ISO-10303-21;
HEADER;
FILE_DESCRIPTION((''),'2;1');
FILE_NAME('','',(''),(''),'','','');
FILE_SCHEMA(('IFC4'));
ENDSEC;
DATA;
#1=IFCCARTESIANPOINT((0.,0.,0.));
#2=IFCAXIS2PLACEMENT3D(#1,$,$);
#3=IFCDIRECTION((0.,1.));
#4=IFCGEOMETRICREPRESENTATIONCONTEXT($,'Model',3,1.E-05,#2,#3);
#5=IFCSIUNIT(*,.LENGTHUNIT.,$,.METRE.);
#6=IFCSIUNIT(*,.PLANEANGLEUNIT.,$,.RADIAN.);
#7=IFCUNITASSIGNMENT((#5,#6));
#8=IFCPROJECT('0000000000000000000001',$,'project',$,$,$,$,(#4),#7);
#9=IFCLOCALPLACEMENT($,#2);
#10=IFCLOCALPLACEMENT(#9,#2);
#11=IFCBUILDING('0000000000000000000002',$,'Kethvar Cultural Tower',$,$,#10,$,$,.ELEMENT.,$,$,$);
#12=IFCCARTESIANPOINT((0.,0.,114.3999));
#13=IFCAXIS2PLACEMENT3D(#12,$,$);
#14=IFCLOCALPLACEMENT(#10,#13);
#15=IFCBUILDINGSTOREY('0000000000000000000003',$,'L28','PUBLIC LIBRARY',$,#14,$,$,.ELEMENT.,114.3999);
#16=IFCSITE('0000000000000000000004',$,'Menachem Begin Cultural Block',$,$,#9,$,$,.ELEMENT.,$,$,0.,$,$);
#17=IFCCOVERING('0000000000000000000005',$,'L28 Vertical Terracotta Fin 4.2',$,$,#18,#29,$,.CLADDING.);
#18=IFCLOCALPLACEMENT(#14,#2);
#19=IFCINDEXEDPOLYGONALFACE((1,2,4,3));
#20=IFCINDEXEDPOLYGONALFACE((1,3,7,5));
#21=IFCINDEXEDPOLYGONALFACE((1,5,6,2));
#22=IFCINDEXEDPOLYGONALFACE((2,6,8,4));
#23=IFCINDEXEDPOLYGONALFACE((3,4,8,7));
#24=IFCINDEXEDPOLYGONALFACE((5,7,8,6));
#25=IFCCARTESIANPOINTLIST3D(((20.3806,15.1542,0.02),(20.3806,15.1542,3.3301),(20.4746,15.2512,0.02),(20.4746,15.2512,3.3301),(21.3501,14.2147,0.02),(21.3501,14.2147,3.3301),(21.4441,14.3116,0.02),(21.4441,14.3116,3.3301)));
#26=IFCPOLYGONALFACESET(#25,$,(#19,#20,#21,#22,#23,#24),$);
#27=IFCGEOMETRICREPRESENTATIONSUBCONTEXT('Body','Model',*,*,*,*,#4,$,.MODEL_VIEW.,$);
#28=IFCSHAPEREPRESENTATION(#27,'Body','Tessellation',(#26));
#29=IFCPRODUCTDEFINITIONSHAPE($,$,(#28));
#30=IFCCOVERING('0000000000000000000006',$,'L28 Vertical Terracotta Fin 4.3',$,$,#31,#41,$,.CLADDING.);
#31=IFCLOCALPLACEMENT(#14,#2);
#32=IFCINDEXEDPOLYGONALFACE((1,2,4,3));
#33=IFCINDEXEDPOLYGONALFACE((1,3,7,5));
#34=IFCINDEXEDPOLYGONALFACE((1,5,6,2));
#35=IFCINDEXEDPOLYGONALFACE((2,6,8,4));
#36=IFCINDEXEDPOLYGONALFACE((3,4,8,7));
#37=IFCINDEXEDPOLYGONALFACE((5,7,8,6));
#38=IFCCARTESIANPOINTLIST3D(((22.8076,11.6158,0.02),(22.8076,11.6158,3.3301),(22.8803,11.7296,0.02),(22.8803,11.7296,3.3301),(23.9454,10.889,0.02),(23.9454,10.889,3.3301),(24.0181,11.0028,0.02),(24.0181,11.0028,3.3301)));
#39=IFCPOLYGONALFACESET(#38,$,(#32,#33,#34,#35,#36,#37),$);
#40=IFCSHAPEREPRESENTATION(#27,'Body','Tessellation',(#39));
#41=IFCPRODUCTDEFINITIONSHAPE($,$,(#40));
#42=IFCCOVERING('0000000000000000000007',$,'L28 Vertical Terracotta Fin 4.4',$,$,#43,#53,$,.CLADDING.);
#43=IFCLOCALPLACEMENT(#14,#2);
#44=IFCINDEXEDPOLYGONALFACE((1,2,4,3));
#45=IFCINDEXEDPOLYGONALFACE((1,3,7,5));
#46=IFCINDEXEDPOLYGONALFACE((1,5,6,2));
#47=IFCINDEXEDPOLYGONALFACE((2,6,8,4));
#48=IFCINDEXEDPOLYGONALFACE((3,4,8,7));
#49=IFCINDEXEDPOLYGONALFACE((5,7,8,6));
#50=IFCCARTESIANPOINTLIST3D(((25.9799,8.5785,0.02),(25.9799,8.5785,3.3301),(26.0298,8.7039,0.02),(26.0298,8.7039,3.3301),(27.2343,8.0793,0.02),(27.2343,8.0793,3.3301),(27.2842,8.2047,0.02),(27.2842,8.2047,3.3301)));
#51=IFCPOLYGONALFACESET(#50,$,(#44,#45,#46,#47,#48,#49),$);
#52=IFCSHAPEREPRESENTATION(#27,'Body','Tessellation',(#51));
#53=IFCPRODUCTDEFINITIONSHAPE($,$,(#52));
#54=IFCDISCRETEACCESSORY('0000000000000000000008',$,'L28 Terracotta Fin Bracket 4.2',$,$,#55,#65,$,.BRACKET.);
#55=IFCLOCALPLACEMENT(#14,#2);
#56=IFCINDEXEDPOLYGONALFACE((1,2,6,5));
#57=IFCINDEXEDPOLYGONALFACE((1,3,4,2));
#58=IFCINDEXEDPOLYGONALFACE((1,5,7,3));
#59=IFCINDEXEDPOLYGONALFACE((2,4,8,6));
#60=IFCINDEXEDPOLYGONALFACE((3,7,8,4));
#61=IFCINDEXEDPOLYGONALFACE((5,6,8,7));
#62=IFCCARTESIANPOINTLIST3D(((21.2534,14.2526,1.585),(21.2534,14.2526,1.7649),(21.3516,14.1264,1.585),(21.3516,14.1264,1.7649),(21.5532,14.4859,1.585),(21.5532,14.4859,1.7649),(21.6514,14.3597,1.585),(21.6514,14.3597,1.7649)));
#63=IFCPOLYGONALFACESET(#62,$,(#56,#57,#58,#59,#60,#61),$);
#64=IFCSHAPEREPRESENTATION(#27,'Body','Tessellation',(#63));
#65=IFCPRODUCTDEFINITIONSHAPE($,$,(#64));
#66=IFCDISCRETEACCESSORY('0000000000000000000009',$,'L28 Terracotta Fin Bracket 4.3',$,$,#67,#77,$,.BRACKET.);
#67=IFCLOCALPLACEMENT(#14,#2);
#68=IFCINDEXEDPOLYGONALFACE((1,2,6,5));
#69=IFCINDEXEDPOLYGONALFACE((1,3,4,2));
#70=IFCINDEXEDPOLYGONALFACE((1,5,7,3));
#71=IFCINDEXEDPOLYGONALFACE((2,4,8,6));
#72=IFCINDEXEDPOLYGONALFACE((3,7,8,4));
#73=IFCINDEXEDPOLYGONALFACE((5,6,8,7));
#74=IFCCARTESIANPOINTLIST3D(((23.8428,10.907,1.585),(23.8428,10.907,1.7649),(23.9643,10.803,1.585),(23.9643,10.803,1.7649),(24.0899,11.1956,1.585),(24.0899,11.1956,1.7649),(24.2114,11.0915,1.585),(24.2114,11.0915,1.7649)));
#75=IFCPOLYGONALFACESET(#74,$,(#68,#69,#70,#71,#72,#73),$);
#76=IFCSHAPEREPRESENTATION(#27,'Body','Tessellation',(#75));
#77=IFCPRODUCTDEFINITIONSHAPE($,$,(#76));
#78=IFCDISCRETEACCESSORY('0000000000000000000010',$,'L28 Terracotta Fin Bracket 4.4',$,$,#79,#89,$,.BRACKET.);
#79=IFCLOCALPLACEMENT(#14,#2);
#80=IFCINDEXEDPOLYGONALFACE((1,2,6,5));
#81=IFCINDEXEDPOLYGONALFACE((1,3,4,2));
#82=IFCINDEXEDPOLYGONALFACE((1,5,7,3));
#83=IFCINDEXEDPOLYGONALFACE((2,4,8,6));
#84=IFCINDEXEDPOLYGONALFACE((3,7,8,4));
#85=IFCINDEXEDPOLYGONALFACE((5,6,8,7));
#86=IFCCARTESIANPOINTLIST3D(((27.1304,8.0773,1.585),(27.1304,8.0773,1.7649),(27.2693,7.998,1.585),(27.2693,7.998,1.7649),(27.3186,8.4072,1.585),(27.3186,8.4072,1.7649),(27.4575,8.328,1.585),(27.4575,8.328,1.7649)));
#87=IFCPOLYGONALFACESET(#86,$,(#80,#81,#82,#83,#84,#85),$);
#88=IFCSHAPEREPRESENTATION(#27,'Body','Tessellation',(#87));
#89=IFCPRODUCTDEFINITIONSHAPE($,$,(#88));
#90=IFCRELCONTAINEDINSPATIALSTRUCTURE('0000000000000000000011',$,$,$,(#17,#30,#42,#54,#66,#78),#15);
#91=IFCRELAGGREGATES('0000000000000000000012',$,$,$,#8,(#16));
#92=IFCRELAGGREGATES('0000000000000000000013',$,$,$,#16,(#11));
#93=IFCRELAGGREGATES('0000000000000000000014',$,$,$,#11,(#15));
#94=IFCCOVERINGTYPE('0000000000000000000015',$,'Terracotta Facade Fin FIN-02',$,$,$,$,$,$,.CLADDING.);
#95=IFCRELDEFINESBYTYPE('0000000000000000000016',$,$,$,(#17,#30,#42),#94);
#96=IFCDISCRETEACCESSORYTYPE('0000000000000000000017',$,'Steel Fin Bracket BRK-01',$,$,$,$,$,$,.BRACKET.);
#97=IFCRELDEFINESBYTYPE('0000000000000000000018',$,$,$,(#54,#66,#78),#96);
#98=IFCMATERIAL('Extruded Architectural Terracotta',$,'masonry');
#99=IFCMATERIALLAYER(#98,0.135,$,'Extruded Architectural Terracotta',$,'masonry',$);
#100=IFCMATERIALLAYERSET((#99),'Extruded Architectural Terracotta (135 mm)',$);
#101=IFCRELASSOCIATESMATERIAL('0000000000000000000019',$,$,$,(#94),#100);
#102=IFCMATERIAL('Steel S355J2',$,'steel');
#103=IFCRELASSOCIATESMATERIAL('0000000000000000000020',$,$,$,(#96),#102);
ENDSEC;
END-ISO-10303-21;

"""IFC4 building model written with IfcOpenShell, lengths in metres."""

from ifc_helpers import new_model, si_unit, direction, frame, origin, origin_2d, place, context, subcontext, project, spatial, rectangle, extrude, source, transform, mapped, material, layer, layer_set, type_object, element, save


model = new_model("IFC4")

# Units and contexts
model_context = context("Model", 3, precision=1e-05, world=origin(), true_north=direction((0.0, 1.0)))
body_context = subcontext(model_context, "Body", "Model", "MODEL_VIEW")
ifc_project = project(units=[si_unit("LENGTHUNIT", "METRE"), si_unit("PLANEANGLEUNIT", "RADIAN")], contexts=[model_context])

# Site, building, storey
site_placement = place(None, origin())
site = spatial("IfcSite", under=ifc_project, at=site_placement, Name="Menachem Begin Cultural Block", CompositionType="ELEMENT", RefElevation=0.0)
building_placement = place(site_placement, origin())
building = spatial("IfcBuilding", under=site, at=building_placement, Name="Kethvar Cultural Tower", CompositionType="ELEMENT")
storey_placement = place(building_placement, frame((0.0, 0.0, 114.3999)))
storey = spatial("IfcBuildingStorey", under=building, at=storey_placement, Name="L28", Description="PUBLIC LIBRARY", CompositionType="ELEMENT", Elevation=114.3999)

# Shared definitions
ifc_material_1 = material(Name="Steel S355J2", Category="steel")

# Coverings
ifc_material_2 = material(Name="Extruded Architectural Terracotta", Category="masonry")
ifc_layer_1 = layer(ifc_material_2, 0.135, Name="Extruded Architectural Terracotta", Category="masonry")
ifc_layer_set_1 = layer_set([ifc_layer_1], Name="Extruded Architectural Terracotta (135 mm)")
covering_type = type_object("IfcCoveringType", Name="Terracotta Facade Fin FIN-02", PredefinedType="CLADDING", material=ifc_layer_set_1)
shared_shape_1 = source(origin(), body_context, "Body", "SweptSolid", [
    extrude(rectangle(XDim=1.3501, YDim=0.135, at=origin_2d()), origin(), (0.0, 0.0, 1.0), 3.3101),
])
for number, where, z_axis, x_axis, name in (
    (1, (20.9124, 14.7329, 0.02), (0.0, 0.0, 1.0), (-0.718126, 0.695913, 0.0), "L28 Vertical Terracotta Fin 4.2"),
    (2, (23.4128, 11.3093, 0.02), (0.0, 0.0, 1.0), (-0.842734, 0.53833, 0.0), "L28 Vertical Terracotta Fin 4.3"),
    (3, (26.6321, 8.3916, 0.02), (0.0, 0.0, 1.0), (-0.929133, 0.369747, 0.0), "L28 Vertical Terracotta Fin 4.4"),
):
    element("IfcCovering", number, at=place(storey_placement, frame(where, z_axis=z_axis, x_axis=x_axis)), inside=storey, type_object=covering_type, Name=name, PredefinedType="CLADDING", context=body_context, shape_type="MappedRepresentation", body=[
        mapped(shared_shape_1, transform((0.0, 0.0, 0.0), scale=1.0)),
    ])

# Discrete accessories
discrete_accessory_type = type_object("IfcDiscreteAccessoryType", Name="Steel Fin Bracket BRK-01", PredefinedType="BRACKET", material=ifc_material_1)
shared_shape_2 = source(origin(), body_context, "Body", "SweptSolid", [
    extrude(rectangle(XDim=0.3799, YDim=0.1599, at=origin_2d()), origin(), (0.0, 0.0, 1.0), 0.1799),
])
for number, where, z_axis, x_axis, name in (
    (4, (21.4524, 14.3062, 1.585), (0.0, 0.0, 1.0), (-0.789084, -0.614285, 0.0), "L28 Terracotta Fin Bracket 4.2"),
    (5, (24.0271, 10.9993, 1.585), (0.0, 0.0, 1.0), (-0.650377, -0.759612, 0.0), "L28 Terracotta Fin Bracket 4.3"),
    (6, (27.2939, 8.2026, 1.585), (0.0, 0.0, 1.0), (-0.495459, -0.868632, 0.0), "L28 Terracotta Fin Bracket 4.4"),
):
    element("IfcDiscreteAccessory", number, at=place(storey_placement, frame(where, z_axis=z_axis, x_axis=x_axis)), inside=storey, type_object=discrete_accessory_type, Name=name, PredefinedType="BRACKET", context=body_context, shape_type="MappedRepresentation", body=[
        mapped(shared_shape_2, transform((0.0, 0.0, 0.0), scale=1.0)),
    ])

save(model, "model.ifc")
